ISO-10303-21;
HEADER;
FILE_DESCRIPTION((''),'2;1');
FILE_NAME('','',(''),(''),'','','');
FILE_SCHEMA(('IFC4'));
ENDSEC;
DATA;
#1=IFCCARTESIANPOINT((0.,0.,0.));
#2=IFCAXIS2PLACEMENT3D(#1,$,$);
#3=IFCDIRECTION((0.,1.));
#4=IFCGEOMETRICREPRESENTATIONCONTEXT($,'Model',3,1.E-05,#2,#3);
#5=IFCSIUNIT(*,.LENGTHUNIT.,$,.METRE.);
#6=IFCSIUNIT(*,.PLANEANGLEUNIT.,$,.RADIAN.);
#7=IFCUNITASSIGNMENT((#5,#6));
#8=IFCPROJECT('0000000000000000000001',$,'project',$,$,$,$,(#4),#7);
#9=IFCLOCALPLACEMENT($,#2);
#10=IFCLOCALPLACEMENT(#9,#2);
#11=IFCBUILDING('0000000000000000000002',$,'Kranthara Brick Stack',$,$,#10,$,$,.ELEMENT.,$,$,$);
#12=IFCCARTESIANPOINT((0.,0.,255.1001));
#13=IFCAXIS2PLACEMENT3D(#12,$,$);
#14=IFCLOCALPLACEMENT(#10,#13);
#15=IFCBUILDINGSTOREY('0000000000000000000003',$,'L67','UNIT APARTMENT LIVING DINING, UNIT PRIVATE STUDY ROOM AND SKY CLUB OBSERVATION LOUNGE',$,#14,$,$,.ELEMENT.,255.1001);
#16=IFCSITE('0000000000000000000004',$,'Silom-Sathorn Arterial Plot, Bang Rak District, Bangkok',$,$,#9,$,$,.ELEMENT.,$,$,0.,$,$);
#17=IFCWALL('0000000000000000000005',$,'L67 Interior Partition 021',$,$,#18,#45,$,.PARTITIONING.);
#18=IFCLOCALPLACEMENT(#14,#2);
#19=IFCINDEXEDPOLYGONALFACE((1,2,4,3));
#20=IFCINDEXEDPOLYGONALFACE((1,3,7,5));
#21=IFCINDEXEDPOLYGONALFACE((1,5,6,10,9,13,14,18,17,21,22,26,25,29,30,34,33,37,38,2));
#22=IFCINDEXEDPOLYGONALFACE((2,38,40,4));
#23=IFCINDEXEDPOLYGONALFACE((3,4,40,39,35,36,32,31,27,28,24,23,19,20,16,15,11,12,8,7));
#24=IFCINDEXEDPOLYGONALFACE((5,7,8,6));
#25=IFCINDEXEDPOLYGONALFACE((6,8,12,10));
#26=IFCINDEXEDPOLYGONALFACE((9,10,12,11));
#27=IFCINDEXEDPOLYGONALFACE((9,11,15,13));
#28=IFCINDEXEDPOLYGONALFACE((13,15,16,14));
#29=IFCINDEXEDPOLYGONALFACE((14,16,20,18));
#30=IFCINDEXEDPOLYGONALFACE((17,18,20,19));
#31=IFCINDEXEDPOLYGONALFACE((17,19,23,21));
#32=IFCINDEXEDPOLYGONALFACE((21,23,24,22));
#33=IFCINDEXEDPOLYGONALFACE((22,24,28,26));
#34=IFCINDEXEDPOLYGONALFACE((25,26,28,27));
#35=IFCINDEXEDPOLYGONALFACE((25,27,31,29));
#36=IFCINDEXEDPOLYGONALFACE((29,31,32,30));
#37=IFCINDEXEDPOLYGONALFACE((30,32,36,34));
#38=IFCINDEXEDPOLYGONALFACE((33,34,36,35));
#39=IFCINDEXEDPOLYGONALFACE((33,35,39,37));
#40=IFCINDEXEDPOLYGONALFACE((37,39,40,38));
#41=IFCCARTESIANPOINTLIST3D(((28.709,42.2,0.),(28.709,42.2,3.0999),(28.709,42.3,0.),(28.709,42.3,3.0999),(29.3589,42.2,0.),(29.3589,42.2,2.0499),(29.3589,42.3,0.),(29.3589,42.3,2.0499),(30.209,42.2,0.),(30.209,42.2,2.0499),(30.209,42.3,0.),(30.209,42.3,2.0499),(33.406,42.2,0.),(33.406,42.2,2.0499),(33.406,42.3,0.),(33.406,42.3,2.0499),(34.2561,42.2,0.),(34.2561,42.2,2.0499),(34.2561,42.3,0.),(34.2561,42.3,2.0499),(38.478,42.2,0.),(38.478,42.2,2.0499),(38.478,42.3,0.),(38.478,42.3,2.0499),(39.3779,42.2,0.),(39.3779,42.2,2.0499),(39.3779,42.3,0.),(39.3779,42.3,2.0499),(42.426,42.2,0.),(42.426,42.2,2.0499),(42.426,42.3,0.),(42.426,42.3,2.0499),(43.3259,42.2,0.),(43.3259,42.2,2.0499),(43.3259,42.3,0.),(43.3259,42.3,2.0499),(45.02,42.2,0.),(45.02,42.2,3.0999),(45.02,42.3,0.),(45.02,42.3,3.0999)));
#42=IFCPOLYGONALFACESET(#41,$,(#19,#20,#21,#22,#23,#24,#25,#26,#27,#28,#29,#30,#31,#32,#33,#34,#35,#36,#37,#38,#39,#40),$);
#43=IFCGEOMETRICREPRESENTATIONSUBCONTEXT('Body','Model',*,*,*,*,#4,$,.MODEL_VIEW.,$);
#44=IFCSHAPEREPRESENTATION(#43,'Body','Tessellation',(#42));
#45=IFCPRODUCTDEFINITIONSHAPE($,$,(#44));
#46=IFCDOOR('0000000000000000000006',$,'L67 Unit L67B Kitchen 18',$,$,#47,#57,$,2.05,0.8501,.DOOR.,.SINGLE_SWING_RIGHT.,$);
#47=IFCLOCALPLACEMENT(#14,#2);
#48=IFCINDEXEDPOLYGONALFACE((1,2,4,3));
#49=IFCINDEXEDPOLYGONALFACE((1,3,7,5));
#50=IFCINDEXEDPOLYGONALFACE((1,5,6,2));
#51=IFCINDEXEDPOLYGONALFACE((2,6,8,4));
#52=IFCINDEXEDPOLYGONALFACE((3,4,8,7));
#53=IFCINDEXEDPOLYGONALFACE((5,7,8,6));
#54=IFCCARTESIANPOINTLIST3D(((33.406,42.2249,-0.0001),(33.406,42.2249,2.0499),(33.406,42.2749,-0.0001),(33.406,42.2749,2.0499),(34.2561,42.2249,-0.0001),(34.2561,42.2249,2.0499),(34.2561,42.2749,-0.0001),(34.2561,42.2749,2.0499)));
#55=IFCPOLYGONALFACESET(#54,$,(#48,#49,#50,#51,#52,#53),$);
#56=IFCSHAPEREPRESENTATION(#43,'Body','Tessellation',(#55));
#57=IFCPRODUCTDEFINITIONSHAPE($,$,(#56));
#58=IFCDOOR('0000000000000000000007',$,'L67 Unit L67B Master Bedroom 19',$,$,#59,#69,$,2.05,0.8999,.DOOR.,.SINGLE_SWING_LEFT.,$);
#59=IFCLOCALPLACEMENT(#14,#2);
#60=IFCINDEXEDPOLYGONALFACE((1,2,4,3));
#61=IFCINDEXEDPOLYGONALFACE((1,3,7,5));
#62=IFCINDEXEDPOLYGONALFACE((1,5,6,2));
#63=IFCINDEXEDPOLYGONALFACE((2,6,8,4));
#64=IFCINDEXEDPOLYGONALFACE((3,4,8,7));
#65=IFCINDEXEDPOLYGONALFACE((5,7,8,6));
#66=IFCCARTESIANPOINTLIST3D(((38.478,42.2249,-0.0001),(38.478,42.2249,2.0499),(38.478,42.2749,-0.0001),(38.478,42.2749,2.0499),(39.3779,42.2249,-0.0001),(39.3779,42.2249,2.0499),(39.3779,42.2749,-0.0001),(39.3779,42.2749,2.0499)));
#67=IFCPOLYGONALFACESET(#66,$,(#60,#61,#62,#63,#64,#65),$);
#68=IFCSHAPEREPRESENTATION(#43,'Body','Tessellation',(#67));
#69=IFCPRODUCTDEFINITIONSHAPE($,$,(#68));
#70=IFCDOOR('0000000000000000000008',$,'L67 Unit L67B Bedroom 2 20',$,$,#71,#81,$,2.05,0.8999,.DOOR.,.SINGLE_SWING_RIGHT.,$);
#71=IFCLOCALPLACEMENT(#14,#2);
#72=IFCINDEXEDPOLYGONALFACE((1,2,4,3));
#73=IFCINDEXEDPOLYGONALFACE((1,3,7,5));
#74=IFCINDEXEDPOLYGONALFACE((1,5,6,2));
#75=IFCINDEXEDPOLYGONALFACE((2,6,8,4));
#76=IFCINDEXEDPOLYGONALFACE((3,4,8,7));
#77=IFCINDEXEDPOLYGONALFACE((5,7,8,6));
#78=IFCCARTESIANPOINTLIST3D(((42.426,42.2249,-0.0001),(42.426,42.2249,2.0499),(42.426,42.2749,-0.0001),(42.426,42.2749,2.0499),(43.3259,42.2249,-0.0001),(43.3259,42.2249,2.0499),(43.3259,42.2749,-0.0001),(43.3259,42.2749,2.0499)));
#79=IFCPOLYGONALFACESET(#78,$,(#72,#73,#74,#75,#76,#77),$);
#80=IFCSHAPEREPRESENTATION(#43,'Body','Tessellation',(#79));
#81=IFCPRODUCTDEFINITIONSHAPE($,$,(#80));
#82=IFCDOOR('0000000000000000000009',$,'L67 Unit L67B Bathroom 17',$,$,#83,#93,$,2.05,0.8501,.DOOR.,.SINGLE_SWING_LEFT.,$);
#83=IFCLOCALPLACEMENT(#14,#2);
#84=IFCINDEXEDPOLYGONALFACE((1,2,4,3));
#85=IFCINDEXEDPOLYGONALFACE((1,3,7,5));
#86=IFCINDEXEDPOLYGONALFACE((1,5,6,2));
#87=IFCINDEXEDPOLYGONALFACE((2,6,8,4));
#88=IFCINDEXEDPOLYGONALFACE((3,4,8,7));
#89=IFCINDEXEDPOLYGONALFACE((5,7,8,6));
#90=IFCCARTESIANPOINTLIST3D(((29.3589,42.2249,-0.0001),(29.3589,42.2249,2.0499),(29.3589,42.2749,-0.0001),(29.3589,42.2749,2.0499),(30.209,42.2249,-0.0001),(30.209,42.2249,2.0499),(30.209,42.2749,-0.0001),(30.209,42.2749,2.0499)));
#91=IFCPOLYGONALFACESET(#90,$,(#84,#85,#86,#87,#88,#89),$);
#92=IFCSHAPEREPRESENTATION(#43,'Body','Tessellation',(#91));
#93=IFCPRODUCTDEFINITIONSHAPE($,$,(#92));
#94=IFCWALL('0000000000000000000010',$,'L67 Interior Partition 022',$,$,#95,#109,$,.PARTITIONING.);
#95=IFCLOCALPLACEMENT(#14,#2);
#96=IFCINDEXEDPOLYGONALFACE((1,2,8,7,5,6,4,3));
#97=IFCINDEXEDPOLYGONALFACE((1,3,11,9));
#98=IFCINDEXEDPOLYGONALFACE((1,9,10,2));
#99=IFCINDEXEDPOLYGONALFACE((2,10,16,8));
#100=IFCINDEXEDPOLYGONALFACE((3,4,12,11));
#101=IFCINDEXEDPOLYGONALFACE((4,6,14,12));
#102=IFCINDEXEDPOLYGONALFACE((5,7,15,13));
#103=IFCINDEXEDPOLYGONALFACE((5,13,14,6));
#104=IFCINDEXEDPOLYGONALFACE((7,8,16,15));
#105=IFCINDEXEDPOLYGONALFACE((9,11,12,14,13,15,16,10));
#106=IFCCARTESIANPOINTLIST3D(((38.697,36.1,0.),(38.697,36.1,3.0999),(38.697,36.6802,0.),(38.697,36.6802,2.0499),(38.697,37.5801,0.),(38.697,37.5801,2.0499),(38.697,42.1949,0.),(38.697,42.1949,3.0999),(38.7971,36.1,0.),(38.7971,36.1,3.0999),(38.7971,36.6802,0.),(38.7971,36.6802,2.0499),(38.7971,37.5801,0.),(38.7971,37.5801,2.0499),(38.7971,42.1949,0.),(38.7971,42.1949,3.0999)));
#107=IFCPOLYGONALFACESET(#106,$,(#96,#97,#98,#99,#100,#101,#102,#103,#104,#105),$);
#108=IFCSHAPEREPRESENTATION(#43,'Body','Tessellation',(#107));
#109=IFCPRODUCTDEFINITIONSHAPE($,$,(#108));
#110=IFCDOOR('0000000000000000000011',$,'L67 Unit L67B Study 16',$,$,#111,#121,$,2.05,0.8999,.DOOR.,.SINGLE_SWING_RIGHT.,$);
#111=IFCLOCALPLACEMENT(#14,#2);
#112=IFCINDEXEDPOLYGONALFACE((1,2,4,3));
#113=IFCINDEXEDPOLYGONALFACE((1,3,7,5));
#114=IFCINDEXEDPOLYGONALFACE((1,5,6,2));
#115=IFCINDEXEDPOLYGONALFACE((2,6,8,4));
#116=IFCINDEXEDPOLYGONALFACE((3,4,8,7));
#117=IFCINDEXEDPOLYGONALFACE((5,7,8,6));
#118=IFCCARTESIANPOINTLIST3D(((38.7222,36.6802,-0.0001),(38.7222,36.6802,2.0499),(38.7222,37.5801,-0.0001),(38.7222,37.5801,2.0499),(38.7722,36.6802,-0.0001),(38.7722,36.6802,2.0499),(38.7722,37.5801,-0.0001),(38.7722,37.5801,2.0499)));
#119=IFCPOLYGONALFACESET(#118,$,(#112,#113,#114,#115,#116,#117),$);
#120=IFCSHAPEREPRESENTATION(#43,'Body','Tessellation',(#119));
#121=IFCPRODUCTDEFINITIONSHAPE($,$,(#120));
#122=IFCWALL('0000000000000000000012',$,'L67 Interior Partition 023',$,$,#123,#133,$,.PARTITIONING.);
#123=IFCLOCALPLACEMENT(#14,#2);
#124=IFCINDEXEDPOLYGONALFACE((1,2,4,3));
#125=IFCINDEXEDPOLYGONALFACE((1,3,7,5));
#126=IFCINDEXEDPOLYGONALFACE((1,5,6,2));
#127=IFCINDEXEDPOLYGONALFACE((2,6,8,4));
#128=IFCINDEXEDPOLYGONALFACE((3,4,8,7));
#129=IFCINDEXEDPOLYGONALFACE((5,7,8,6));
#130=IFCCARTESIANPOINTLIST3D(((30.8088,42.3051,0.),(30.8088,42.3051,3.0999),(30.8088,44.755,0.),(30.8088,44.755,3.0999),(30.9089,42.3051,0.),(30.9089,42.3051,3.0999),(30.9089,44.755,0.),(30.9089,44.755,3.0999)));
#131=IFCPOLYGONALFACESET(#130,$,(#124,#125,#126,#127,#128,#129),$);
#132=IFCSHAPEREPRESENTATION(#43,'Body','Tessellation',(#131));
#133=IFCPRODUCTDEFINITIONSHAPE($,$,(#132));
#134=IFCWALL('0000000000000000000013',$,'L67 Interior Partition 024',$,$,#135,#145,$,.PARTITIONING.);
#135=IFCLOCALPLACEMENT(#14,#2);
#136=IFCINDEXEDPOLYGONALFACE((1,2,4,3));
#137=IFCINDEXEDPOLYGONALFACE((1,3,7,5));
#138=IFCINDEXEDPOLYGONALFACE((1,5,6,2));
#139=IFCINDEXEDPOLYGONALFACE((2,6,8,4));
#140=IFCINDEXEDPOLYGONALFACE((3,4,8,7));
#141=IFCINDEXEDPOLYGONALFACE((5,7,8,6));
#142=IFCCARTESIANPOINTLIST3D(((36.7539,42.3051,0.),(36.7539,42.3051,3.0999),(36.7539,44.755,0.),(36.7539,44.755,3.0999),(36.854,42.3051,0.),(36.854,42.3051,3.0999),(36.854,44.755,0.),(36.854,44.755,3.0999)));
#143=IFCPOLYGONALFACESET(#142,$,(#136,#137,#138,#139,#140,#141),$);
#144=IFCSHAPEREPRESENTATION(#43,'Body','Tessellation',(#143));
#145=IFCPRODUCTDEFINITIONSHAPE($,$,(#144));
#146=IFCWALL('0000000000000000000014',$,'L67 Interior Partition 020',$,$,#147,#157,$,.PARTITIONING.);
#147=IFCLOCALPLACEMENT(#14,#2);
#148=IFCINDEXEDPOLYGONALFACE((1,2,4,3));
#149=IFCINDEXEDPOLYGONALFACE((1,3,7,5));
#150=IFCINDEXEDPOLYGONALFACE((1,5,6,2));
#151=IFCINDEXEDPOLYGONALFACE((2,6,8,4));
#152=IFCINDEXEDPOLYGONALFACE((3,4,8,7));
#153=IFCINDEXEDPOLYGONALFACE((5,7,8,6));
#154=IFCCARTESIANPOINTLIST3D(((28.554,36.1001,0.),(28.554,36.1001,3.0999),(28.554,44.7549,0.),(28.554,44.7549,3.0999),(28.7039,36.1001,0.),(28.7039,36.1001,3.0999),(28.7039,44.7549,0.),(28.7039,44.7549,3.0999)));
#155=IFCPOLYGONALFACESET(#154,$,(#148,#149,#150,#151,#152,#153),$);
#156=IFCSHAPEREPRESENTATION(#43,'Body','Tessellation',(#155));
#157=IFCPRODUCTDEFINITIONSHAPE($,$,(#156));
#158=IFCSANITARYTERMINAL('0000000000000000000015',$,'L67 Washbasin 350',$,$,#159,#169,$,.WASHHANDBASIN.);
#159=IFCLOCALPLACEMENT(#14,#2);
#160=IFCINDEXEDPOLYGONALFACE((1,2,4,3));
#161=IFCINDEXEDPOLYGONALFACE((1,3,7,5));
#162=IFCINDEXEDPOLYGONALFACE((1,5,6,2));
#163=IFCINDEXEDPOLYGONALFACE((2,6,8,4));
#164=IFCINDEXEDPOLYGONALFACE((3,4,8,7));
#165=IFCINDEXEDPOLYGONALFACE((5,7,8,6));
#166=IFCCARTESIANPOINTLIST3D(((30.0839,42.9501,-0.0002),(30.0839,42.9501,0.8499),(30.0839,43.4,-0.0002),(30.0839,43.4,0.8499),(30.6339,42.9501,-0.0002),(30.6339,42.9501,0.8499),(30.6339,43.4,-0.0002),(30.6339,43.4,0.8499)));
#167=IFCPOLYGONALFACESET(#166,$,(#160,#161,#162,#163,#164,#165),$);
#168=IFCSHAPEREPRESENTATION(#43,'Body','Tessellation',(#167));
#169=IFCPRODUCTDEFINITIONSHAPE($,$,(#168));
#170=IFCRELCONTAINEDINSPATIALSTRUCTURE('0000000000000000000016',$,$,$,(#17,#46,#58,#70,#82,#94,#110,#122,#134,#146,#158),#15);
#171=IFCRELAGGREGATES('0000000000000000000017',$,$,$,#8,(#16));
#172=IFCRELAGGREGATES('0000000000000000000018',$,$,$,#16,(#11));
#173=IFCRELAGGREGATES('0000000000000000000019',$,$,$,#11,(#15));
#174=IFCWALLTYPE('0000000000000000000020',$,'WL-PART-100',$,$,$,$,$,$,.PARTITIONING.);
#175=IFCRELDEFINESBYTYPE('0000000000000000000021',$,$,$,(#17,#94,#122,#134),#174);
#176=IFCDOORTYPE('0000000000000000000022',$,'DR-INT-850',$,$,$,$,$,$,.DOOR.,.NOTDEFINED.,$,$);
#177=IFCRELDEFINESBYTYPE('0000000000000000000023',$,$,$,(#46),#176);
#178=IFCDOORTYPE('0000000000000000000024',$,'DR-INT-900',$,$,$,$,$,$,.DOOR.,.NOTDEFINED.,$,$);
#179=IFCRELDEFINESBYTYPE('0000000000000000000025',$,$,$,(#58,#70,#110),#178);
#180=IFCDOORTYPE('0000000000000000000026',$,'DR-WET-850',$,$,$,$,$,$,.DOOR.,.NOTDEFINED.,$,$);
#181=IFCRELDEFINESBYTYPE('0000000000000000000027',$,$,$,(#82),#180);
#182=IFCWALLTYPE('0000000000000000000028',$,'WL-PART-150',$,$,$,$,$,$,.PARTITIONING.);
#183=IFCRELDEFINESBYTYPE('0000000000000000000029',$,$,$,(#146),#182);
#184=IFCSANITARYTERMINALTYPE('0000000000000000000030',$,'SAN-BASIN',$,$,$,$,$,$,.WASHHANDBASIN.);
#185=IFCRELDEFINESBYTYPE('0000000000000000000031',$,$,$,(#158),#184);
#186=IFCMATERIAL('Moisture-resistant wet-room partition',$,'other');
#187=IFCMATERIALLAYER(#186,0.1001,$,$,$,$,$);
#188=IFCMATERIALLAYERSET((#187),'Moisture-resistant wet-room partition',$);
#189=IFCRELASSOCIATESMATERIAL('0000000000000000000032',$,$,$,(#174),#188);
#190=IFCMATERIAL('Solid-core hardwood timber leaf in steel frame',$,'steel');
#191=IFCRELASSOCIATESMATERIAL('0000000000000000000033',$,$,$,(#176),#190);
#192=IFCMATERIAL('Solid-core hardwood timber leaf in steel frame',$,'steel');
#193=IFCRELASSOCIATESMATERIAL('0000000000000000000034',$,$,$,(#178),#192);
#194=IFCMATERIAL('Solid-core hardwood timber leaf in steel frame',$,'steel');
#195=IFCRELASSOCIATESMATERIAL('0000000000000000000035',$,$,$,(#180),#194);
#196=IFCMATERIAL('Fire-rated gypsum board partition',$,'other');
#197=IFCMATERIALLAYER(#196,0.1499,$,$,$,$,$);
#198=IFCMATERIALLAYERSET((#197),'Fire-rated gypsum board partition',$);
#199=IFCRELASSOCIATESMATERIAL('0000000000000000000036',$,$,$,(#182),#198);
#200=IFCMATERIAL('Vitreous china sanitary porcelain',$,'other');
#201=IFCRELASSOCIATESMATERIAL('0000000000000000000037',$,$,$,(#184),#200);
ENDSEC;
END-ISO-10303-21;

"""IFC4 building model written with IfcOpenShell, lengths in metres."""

from ifc_helpers import new_model, si_unit, direction, frame, frame_2d, origin, origin_2d, place, context, subcontext, project, spatial, rectangle, extrude, material, layer, layer_set, type_object, element, fill, save


model = new_model("IFC4")

# Units and contexts
model_context = context("Model", 3, precision=1e-05, world=origin(), true_north=direction((0.0, 1.0)))
body_context = subcontext(model_context, "Body", "Model", "MODEL_VIEW")
ifc_project = project(units=[si_unit("LENGTHUNIT", "METRE"), si_unit("PLANEANGLEUNIT", "RADIAN")], contexts=[model_context])

# Site, building, storey
site_placement = place(None, origin())
site = spatial("IfcSite", under=ifc_project, at=site_placement, Name="Silom-Sathorn Arterial Plot, Bang Rak District, Bangkok", CompositionType="ELEMENT", RefElevation=0.0)
building_placement = place(site_placement, origin())
building = spatial("IfcBuilding", under=site, at=building_placement, Name="Kranthara Brick Stack", CompositionType="ELEMENT")
storey_placement = place(building_placement, frame((0.0, 0.0, 255.1001)))
storey = spatial("IfcBuildingStorey", under=building, at=storey_placement, Name="L67", Description="UNIT APARTMENT LIVING DINING, UNIT PRIVATE STUDY ROOM AND SKY CLUB OBSERVATION LOUNGE", CompositionType="ELEMENT", Elevation=255.1001)

# Wall, openings, doors
ifc_material_1 = material(Name="Moisture-resistant wet-room partition", Category="other")
ifc_layer_1 = layer(ifc_material_1, 0.1001)
ifc_layer_set_1 = layer_set([ifc_layer_1], Name="Moisture-resistant wet-room partition")
wall_type_1 = type_object("IfcWallType", Name="WL-PART-100", PredefinedType="PARTITIONING", material=ifc_layer_set_1)
wall_1_placement = place(storey_placement, frame((28.709, 42.25, 0.0), z_axis=(0.0, 0.0, 1.0), x_axis=(1.0, 0.0, 0.0)))
wall_1 = element("IfcWall", 1, at=wall_1_placement, inside=storey, type_object=wall_type_1, Name="L67 Interior Partition 021", PredefinedType="PARTITIONING", context=body_context, shape_type="SweptSolid", body=[
    extrude(rectangle(XDim=16.311, YDim=0.1001, at=frame_2d((8.1555, 0.0))), origin(), (0.0, 0.0, 1.0), 3.0999),
])
opening_1_placement = place(wall_1_placement, frame((0.6499, 0.0, 0.0)))
opening_1 = element("IfcOpeningElement", 2, at=opening_1_placement, cuts=wall_1, PredefinedType="OPENING", context=body_context, shape_type="SweptSolid", body=[
    extrude(rectangle(XDim=0.8501, YDim=2.05, at=frame_2d((0.425, 1.0249))), frame((0.0, 0.0601, 0.0), z_axis=(0.0, -1.0, 0.0), x_axis=(1.0, 0.0, 0.0)), (0.0, 0.0, 1.0), 0.1201),
])
opening_2_placement = place(wall_1_placement, frame((4.697, 0.0, 0.0)))
opening_2 = element("IfcOpeningElement", 3, at=opening_2_placement, cuts=wall_1, PredefinedType="OPENING", context=body_context, shape_type="SweptSolid", body=[
    extrude(rectangle(XDim=0.8501, YDim=2.05, at=frame_2d((0.425, 1.0249))), frame((0.0, 0.0601, 0.0), z_axis=(0.0, -1.0, 0.0), x_axis=(1.0, 0.0, 0.0)), (0.0, 0.0, 1.0), 0.1201),
])
opening_3_placement = place(wall_1_placement, frame((9.769, 0.0, 0.0)))
opening_3 = element("IfcOpeningElement", 4, at=opening_3_placement, cuts=wall_1, PredefinedType="OPENING", context=body_context, shape_type="SweptSolid", body=[
    extrude(rectangle(XDim=0.8999, YDim=2.05, at=frame_2d((0.45, 1.0249))), frame((0.0, 0.0601, 0.0), z_axis=(0.0, -1.0, 0.0), x_axis=(1.0, 0.0, 0.0)), (0.0, 0.0, 1.0), 0.1201),
])
opening_4_placement = place(wall_1_placement, frame((13.717, 0.0, 0.0)))
opening_4 = element("IfcOpeningElement", 5, at=opening_4_placement, cuts=wall_1, PredefinedType="OPENING", context=body_context, shape_type="SweptSolid", body=[
    extrude(rectangle(XDim=0.8999, YDim=2.05, at=frame_2d((0.45, 1.0249))), frame((0.0, 0.0601, 0.0), z_axis=(0.0, -1.0, 0.0), x_axis=(1.0, 0.0, 0.0)), (0.0, 0.0, 1.0), 0.1201),
])
ifc_material_2 = material(Name="Solid-core hardwood timber leaf in steel frame", Category="steel")
door_type_1 = type_object("IfcDoorType", Name="DR-INT-850", OperationType="NOTDEFINED", PredefinedType="DOOR", material=ifc_material_2)
door_1_placement = place(opening_2_placement, origin())
door_1 = element("IfcDoor", 6, at=door_1_placement, inside=storey, type_object=door_type_1, Name="L67 Unit L67B Kitchen 18", OperationType="SINGLE_SWING_RIGHT", OverallHeight=2.05, OverallWidth=0.8501, PredefinedType="DOOR", context=body_context, shape_type="SweptSolid", body=[
    extrude(rectangle(XDim=0.8501, YDim=2.05, at=frame_2d((0.425, 1.0249))), frame((0.0, 0.0249, 0.0), z_axis=(0.0, -1.0, 0.0), x_axis=(1.0, 0.0, 0.0)), (0.0, 0.0, 1.0), 0.05),
])
fill(opening_2, door_1)
ifc_material_3 = material(Name="Solid-core hardwood timber leaf in steel frame", Category="steel")
door_type_2 = type_object("IfcDoorType", Name="DR-INT-900", OperationType="NOTDEFINED", PredefinedType="DOOR", material=ifc_material_3)
door_2_placement = place(opening_3_placement, origin())
door_2 = element("IfcDoor", 7, at=door_2_placement, inside=storey, type_object=door_type_2, Name="L67 Unit L67B Master Bedroom 19", OperationType="SINGLE_SWING_LEFT", OverallHeight=2.05, OverallWidth=0.8999, PredefinedType="DOOR", context=body_context, shape_type="SweptSolid", body=[
    extrude(rectangle(XDim=0.8999, YDim=2.05, at=frame_2d((0.45, 1.0249))), frame((0.0, 0.0249, 0.0), z_axis=(0.0, -1.0, 0.0), x_axis=(1.0, 0.0, 0.0)), (0.0, 0.0, 1.0), 0.05),
])
fill(opening_3, door_2)
door_3_placement = place(opening_4_placement, origin())
door_3 = element("IfcDoor", 8, at=door_3_placement, inside=storey, type_object=door_type_2, Name="L67 Unit L67B Bedroom 2 20", OperationType="SINGLE_SWING_RIGHT", OverallHeight=2.05, OverallWidth=0.8999, PredefinedType="DOOR", context=body_context, shape_type="SweptSolid", body=[
    extrude(rectangle(XDim=0.8999, YDim=2.05, at=frame_2d((0.45, 1.0249))), frame((0.0, 0.0249, 0.0), z_axis=(0.0, -1.0, 0.0), x_axis=(1.0, 0.0, 0.0)), (0.0, 0.0, 1.0), 0.05),
])
fill(opening_4, door_3)
ifc_material_4 = material(Name="Solid-core hardwood timber leaf in steel frame", Category="steel")
door_type_3 = type_object("IfcDoorType", Name="DR-WET-850", OperationType="NOTDEFINED", PredefinedType="DOOR", material=ifc_material_4)
door_4_placement = place(opening_1_placement, origin())
door_4 = element("IfcDoor", 9, at=door_4_placement, inside=storey, type_object=door_type_3, Name="L67 Unit L67B Bathroom 17", OperationType="SINGLE_SWING_LEFT", OverallHeight=2.05, OverallWidth=0.8501, PredefinedType="DOOR", context=body_context, shape_type="SweptSolid", body=[
    extrude(rectangle(XDim=0.8501, YDim=2.05, at=frame_2d((0.425, 1.0249))), frame((0.0, 0.0249, 0.0), z_axis=(0.0, -1.0, 0.0), x_axis=(1.0, 0.0, 0.0)), (0.0, 0.0, 1.0), 0.05),
])
fill(opening_1, door_4)

# Wall, opening, door
wall_2_placement = place(storey_placement, frame((38.7471, 36.1001, 0.0), z_axis=(0.0, 0.0, 1.0), x_axis=(0.0, 1.0, 0.0)))
wall_2 = element("IfcWall", 10, at=wall_2_placement, inside=storey, type_object=wall_type_1, Name="L67 Interior Partition 022", PredefinedType="PARTITIONING", context=body_context, shape_type="SweptSolid", body=[
    extrude(rectangle(XDim=6.095, YDim=0.1001, at=frame_2d((3.0474, 0.0))), origin(), (0.0, 0.0, 1.0), 3.0999),
])
opening_5_placement = place(wall_2_placement, frame((0.5801, 0.0, 0.0)))
opening_5 = element("IfcOpeningElement", 11, at=opening_5_placement, cuts=wall_2, PredefinedType="OPENING", context=body_context, shape_type="SweptSolid", body=[
    extrude(rectangle(XDim=0.8999, YDim=2.05, at=frame_2d((0.45, 1.0249))), frame((0.0, 0.0601, 0.0), z_axis=(0.0, -1.0, 0.0), x_axis=(1.0, 0.0, 0.0)), (0.0, 0.0, 1.0), 0.1201),
])
door_5_placement = place(opening_5_placement, origin())
door_5 = element("IfcDoor", 12, at=door_5_placement, inside=storey, type_object=door_type_2, Name="L67 Unit L67B Study 16", OperationType="SINGLE_SWING_RIGHT", OverallHeight=2.05, OverallWidth=0.8999, PredefinedType="DOOR", context=body_context, shape_type="SweptSolid", body=[
    extrude(rectangle(XDim=0.8999, YDim=2.05, at=frame_2d((0.45, 1.0249))), frame((0.0, 0.0249, 0.0), z_axis=(0.0, -1.0, 0.0), x_axis=(1.0, 0.0, 0.0)), (0.0, 0.0, 1.0), 0.05),
])
fill(opening_5, door_5)

# Walls
for number, where, z_axis, x_axis, name in (
    (13, (30.8589, 42.3049, 0.0), (0.0, 0.0, 1.0), (0.0, 1.0, 0.0), "L67 Interior Partition 023"),
    (14, (36.804, 42.3049, 0.0), (0.0, 0.0, 1.0), (0.0, 1.0, 0.0), "L67 Interior Partition 024"),
):
    element("IfcWall", number, at=place(storey_placement, frame(where, z_axis=z_axis, x_axis=x_axis)), inside=storey, type_object=wall_type_1, Name=name, PredefinedType="PARTITIONING", context=body_context, shape_type="SweptSolid", body=[
        extrude(rectangle(XDim=2.45, YDim=0.1001, at=frame_2d((1.2251, 0.0))), origin(), (0.0, 0.0, 1.0), 3.0999),
    ])
ifc_material_5 = material(Name="Fire-rated gypsum board partition", Category="other")
ifc_layer_2 = layer(ifc_material_5, 0.1499)
ifc_layer_set_2 = layer_set([ifc_layer_2], Name="Fire-rated gypsum board partition")
wall_type_2 = type_object("IfcWallType", Name="WL-PART-150", PredefinedType="PARTITIONING", material=ifc_layer_set_2)
wall_3_placement = place(storey_placement, frame((28.6289, 36.1001, 0.0), z_axis=(0.0, 0.0, 1.0), x_axis=(0.0, 1.0, 0.0)))
element("IfcWall", 15, at=wall_3_placement, inside=storey, type_object=wall_type_2, Name="L67 Interior Partition 020", PredefinedType="PARTITIONING", context=body_context, shape_type="SweptSolid", body=[
    extrude(rectangle(XDim=8.6548, YDim=0.1499, at=frame_2d((4.3274, 0.0))), origin(), (0.0, 0.0, 1.0), 3.0999),
])

# Sanitary terminal
ifc_material_6 = material(Name="Vitreous china sanitary porcelain", Category="other")
sanitary_terminal_type_1 = type_object("IfcSanitaryTerminalType", Name="SAN-BASIN", PredefinedType="WASHHANDBASIN", material=ifc_material_6)
sanitary_terminal_1_placement = place(storey_placement, frame((30.3589, 43.175, -0.0002), z_axis=(0.0, 0.0, 1.0), x_axis=(1.0, 0.0, 0.0)))
element("IfcSanitaryTerminal", 16, at=sanitary_terminal_1_placement, inside=storey, type_object=sanitary_terminal_type_1, Name="L67 Washbasin 350", PredefinedType="WASHHANDBASIN", context=body_context, shape_type="SweptSolid", body=[
    extrude(rectangle(XDim=0.55, YDim=0.45, at=origin_2d()), origin(), (0.0, 0.0, 1.0), 0.8501),
])

save(model, "model.ifc")
